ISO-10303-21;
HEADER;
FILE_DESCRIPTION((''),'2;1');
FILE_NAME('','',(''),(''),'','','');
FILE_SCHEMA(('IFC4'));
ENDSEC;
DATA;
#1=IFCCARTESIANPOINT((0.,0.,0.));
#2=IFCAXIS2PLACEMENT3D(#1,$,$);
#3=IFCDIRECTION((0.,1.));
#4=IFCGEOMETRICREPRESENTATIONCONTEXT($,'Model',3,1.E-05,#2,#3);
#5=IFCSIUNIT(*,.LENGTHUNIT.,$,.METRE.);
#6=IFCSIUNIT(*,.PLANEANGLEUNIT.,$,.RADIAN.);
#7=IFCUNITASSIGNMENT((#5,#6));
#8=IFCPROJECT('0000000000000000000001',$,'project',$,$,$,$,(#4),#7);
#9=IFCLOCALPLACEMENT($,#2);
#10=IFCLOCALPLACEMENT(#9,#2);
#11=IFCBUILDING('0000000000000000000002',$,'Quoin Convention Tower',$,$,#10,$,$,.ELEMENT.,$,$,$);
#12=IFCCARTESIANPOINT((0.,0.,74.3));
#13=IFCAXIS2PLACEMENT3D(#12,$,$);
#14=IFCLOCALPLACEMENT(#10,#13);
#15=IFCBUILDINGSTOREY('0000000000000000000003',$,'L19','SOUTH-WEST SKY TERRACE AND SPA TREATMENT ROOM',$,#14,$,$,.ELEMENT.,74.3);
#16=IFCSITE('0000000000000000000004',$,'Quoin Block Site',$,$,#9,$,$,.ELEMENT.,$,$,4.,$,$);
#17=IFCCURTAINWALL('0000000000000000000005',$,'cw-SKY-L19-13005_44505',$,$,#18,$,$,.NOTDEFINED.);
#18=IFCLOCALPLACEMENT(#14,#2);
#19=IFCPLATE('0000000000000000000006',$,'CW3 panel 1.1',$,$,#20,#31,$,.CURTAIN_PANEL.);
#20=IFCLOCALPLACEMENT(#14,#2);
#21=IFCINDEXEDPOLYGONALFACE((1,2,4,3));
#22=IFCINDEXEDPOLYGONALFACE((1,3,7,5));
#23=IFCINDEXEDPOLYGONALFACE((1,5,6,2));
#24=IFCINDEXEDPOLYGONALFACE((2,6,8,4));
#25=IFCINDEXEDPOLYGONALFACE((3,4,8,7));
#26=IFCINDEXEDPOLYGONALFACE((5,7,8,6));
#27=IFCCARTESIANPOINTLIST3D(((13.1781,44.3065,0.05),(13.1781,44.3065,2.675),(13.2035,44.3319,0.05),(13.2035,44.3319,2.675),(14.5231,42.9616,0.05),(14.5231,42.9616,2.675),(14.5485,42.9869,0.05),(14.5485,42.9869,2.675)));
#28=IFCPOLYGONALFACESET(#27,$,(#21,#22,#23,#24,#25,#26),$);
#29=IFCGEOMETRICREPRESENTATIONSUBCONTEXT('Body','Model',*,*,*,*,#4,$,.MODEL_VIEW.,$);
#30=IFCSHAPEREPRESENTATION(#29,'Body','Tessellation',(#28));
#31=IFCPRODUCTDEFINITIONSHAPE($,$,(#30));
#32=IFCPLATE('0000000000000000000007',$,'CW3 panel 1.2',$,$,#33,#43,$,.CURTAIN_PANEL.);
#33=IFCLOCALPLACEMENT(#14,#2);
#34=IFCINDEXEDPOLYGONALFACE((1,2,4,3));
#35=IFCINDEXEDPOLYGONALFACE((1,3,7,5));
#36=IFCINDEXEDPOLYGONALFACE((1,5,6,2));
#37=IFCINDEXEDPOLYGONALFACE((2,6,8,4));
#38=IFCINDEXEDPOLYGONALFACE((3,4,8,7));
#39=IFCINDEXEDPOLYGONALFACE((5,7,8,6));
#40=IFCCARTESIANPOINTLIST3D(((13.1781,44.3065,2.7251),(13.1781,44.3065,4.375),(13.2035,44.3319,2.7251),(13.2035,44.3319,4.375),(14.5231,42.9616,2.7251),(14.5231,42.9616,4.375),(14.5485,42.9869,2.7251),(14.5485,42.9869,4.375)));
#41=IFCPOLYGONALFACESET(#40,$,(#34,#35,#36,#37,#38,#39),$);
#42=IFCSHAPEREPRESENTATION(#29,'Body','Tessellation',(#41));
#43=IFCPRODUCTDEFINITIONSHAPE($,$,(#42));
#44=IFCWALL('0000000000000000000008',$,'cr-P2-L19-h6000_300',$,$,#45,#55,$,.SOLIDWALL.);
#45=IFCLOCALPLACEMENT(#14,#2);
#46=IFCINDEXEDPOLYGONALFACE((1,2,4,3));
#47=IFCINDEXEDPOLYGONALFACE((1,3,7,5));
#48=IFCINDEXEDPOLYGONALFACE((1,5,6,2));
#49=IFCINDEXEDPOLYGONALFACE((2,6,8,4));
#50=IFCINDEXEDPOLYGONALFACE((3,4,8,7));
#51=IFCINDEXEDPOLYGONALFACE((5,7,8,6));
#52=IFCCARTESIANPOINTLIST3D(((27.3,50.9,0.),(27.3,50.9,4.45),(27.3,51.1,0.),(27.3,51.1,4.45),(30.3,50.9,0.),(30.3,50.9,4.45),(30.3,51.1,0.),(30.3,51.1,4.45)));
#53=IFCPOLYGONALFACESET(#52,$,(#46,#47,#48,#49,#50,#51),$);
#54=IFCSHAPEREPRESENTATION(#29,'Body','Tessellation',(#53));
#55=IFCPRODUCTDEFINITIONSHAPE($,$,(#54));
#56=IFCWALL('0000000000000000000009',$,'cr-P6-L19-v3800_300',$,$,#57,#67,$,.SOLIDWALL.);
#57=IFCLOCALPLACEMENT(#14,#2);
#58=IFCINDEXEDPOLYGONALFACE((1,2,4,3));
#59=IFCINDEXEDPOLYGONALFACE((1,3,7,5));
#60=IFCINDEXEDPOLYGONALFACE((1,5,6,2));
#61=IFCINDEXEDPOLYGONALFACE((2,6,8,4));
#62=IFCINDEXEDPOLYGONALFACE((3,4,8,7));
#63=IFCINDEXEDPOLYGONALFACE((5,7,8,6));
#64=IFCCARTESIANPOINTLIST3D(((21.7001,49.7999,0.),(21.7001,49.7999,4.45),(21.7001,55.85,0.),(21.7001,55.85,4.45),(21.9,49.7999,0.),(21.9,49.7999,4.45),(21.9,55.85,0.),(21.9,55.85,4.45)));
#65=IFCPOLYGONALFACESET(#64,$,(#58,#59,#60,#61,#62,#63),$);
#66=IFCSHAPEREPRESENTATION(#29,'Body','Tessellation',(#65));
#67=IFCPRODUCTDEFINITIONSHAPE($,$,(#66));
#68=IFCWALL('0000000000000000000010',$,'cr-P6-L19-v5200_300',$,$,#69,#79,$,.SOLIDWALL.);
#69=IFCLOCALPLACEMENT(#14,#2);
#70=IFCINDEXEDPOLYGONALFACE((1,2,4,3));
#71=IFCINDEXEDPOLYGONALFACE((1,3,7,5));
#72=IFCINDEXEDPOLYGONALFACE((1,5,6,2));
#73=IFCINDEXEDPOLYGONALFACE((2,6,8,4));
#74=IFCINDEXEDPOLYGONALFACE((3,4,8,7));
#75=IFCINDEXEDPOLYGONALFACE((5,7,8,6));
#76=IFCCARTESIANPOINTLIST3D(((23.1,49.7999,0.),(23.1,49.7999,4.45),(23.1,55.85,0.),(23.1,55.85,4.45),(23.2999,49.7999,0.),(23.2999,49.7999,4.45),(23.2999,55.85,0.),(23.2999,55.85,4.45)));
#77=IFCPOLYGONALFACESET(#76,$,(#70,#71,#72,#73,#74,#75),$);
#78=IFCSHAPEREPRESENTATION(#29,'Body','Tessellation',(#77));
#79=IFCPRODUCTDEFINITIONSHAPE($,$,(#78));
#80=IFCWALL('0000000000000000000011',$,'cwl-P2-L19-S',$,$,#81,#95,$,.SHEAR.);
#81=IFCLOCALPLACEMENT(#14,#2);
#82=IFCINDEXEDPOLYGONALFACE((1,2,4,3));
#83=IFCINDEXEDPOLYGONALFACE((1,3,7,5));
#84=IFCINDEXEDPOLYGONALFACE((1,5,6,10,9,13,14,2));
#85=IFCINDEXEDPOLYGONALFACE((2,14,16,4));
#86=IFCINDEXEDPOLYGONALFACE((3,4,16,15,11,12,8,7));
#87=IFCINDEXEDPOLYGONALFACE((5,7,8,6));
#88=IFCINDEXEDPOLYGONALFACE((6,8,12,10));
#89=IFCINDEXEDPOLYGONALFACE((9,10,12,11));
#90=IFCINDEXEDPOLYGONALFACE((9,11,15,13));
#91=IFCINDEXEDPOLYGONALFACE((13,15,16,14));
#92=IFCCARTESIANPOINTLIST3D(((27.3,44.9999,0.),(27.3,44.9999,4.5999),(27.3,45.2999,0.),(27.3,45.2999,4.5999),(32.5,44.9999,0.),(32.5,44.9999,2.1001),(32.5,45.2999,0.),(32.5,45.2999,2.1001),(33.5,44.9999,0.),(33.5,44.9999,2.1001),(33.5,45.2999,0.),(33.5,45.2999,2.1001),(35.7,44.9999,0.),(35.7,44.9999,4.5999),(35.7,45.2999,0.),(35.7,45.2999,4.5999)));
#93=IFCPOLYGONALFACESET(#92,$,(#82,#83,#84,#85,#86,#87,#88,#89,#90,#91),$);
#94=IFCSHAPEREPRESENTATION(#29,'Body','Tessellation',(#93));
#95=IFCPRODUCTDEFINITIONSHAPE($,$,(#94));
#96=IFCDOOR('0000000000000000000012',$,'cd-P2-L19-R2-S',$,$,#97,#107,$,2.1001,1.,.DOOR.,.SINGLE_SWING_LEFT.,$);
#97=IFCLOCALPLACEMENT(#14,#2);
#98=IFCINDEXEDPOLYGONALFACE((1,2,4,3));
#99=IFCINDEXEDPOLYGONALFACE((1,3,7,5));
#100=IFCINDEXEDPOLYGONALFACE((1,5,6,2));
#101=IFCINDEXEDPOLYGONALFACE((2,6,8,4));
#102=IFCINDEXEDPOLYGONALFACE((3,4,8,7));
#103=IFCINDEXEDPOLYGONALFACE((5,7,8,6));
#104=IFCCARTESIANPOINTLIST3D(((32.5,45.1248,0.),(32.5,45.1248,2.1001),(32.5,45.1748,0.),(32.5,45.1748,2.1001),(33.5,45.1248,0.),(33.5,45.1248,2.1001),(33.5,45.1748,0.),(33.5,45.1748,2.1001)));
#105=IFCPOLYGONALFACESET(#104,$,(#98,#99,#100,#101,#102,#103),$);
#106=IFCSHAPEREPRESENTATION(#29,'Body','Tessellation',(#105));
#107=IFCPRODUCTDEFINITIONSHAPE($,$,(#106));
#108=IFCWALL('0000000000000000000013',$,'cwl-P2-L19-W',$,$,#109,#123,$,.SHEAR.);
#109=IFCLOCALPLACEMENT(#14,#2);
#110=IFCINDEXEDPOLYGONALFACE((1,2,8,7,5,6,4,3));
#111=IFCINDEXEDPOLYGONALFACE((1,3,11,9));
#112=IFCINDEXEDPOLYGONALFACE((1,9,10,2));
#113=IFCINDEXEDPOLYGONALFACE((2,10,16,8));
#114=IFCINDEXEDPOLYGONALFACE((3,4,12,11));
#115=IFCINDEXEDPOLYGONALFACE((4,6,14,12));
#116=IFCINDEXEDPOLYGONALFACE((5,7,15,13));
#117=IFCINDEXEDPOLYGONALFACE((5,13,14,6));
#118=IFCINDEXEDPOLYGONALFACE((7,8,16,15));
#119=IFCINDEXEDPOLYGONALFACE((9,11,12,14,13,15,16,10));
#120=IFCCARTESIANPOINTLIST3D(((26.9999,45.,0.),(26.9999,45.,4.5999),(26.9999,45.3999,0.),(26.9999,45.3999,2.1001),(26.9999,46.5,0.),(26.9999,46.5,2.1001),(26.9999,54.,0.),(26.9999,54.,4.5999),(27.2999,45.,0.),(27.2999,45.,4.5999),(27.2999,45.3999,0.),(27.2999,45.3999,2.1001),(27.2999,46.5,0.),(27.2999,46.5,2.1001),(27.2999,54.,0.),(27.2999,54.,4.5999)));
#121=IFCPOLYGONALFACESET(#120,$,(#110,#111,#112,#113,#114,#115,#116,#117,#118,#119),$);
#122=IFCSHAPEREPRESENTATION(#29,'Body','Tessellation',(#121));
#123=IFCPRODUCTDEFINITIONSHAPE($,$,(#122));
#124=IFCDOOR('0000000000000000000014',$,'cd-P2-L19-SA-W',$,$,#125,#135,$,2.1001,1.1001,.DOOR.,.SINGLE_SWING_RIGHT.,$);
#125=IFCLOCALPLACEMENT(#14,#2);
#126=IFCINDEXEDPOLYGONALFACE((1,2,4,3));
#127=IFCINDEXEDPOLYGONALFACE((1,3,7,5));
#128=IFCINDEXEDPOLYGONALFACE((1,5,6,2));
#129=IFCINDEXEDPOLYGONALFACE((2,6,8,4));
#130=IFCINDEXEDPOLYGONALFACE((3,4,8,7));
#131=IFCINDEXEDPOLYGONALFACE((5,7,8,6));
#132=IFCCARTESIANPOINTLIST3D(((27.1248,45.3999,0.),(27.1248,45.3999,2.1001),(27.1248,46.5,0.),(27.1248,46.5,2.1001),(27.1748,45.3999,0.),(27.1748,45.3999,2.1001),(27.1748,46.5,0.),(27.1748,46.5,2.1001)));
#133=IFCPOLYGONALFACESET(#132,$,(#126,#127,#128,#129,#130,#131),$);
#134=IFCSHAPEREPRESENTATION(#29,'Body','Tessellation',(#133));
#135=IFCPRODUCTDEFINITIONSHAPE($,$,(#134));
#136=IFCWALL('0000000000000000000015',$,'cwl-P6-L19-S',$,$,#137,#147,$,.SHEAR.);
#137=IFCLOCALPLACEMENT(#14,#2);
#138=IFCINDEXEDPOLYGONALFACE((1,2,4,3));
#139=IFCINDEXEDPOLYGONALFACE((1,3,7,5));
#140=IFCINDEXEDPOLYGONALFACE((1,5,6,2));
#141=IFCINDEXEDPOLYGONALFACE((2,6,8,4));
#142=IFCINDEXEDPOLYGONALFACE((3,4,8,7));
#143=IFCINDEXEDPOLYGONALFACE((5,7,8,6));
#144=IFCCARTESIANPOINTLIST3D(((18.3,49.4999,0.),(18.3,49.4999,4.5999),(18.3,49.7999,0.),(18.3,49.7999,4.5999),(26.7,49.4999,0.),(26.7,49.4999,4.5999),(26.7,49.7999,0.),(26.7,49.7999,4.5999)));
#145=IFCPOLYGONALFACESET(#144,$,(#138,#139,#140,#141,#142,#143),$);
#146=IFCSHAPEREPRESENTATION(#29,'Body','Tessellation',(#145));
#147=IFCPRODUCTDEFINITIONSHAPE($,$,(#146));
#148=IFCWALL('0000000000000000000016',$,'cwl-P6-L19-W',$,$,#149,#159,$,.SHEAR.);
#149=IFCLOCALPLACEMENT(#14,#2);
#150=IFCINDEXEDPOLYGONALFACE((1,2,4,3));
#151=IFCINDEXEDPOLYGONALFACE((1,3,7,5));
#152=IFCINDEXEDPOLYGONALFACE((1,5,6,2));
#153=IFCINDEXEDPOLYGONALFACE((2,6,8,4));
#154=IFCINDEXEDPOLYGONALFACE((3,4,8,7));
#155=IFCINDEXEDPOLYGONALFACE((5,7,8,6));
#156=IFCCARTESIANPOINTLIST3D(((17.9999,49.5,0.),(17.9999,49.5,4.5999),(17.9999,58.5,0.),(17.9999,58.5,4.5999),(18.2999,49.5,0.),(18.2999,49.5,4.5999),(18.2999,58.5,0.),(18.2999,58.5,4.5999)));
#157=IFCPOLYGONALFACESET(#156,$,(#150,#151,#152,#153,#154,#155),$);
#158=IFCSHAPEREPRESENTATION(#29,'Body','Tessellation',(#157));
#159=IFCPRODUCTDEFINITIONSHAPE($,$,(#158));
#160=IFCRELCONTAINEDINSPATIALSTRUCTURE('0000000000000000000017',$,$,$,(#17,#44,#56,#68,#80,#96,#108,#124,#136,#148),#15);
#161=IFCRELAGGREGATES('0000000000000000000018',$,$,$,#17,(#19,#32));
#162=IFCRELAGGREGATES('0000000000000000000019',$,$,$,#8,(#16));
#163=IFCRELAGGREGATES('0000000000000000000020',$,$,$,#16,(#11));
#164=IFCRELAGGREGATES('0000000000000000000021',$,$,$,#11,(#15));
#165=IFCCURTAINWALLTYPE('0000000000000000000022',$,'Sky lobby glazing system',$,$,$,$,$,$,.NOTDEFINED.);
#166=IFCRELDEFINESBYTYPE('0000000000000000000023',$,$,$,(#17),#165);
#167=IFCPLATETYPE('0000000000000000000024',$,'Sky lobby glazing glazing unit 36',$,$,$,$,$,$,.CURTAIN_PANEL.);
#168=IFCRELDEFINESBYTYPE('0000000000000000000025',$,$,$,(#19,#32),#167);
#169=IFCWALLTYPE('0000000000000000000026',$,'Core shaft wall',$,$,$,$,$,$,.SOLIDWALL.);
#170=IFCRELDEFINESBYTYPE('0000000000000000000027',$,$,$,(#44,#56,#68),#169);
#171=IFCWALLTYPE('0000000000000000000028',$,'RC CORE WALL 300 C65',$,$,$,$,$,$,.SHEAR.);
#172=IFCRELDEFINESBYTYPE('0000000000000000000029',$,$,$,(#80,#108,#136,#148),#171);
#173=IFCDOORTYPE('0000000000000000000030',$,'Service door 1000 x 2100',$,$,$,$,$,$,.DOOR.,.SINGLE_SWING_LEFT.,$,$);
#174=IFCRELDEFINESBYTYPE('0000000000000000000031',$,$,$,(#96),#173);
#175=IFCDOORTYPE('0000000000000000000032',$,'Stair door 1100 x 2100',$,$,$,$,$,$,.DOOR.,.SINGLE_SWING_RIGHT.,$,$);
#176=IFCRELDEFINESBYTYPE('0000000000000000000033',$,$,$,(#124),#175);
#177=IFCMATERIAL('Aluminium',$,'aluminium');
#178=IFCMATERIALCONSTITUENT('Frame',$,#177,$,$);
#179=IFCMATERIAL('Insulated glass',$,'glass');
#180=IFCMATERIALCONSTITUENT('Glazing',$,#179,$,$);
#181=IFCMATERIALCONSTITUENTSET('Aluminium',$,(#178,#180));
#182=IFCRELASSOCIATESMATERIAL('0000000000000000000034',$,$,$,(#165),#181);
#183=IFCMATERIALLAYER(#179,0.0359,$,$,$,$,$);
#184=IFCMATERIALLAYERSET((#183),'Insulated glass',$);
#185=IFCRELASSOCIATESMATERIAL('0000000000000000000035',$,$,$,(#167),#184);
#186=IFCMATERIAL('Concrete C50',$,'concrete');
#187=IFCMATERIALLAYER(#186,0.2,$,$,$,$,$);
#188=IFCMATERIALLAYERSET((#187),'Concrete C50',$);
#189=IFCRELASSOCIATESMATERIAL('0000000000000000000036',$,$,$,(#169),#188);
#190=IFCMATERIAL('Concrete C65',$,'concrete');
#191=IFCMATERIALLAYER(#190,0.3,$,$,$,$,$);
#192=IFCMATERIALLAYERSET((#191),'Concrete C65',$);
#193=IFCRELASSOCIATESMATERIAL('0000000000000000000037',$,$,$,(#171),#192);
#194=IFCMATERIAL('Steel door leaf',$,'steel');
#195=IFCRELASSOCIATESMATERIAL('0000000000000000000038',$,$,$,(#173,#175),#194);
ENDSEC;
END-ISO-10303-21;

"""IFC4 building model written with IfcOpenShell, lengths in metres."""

from ifc_helpers import new_model, si_unit, direction, frame, frame_2d, origin, origin_2d, place, context, subcontext, project, spatial, rectangle, extrude, material, layer, layer_set, constituent, constituent_set, type_object, element, fill, aggregate, save


model = new_model("IFC4")

# Units and contexts
model_context = context("Model", 3, precision=1e-05, world=origin(), true_north=direction((0.0, 1.0)))
body_context = subcontext(model_context, "Body", "Model", "MODEL_VIEW")
ifc_project = project(units=[si_unit("LENGTHUNIT", "METRE"), si_unit("PLANEANGLEUNIT", "RADIAN")], contexts=[model_context])

# Site, building, storey
site_placement = place(None, origin())
site = spatial("IfcSite", under=ifc_project, at=site_placement, Name="Quoin Block Site", CompositionType="ELEMENT", RefElevation=4.0)
building_placement = place(site_placement, origin())
building = spatial("IfcBuilding", under=site, at=building_placement, Name="Quoin Convention Tower", CompositionType="ELEMENT")
storey_placement = place(building_placement, frame((0.0, 0.0, 74.3)))
storey = spatial("IfcBuildingStorey", under=building, at=storey_placement, Name="L19", Description="SOUTH-WEST SKY TERRACE AND SPA TREATMENT ROOM", CompositionType="ELEMENT", Elevation=74.3)

# Shared definitions
ifc_material_1 = material(Name="Concrete C65", Category="concrete")

# Curtain wall, plates
ifc_material_2 = material(Name="Aluminium", Category="aluminium")
ifc_constituent_1 = constituent(ifc_material_2, Name="Frame")
ifc_material_3 = material(Name="Insulated glass", Category="glass")
ifc_constituent_2 = constituent(ifc_material_3, Name="Glazing")
ifc_constituent_set = constituent_set(constituents=[ifc_constituent_1, ifc_constituent_2], Name="Aluminium")
curtain_wall_type = type_object("IfcCurtainWallType", Name="Sky lobby glazing system", PredefinedType="NOTDEFINED", material=ifc_constituent_set)
curtain_wall_placement = place(storey_placement, origin())
curtain_wall = element("IfcCurtainWall", 1, at=curtain_wall_placement, inside=storey, type_object=curtain_wall_type, Name="cw-SKY-L19-13005_44505", PredefinedType="NOTDEFINED")
ifc_layer_1 = layer(ifc_material_3, 0.0359)
ifc_layer_set_1 = layer_set([ifc_layer_1], Name="Insulated glass")
plate_type = type_object("IfcPlateType", Name="Sky lobby glazing glazing unit 36", PredefinedType="CURTAIN_PANEL", material=ifc_layer_set_1)
plate_1_placement = place(storey_placement, frame((13.8633, 43.6467, 0.05), z_axis=(0.0, 0.0, 1.0), x_axis=(0.707115, -0.707098, 0.0)))
plate_1 = element("IfcPlate", 2, at=plate_1_placement, type_object=plate_type, Name="CW3 panel 1.1", PredefinedType="CURTAIN_PANEL", context=body_context, shape_type="SweptSolid", body=[
    extrude(rectangle(XDim=1.9021, YDim=0.0359, at=origin_2d()), origin(), (0.0, 0.0, 1.0), 2.625),
])
plate_2_placement = place(storey_placement, frame((13.8633, 43.6467, 2.7251), z_axis=(0.0, 0.0, 1.0), x_axis=(0.707115, -0.707098, 0.0)))
plate_2 = element("IfcPlate", 3, at=plate_2_placement, type_object=plate_type, Name="CW3 panel 1.2", PredefinedType="CURTAIN_PANEL", context=body_context, shape_type="SweptSolid", body=[
    extrude(rectangle(XDim=1.9021, YDim=0.0359, at=origin_2d()), origin(), (0.0, 0.0, 1.0), 1.6499),
])
aggregate(curtain_wall, [plate_1, plate_2])

# Walls
ifc_material_4 = material(Name="Concrete C50", Category="concrete")
ifc_layer_2 = layer(ifc_material_4, 0.2)
ifc_layer_set_2 = layer_set([ifc_layer_2], Name="Concrete C50")
wall_type_1 = type_object("IfcWallType", Name="Core shaft wall", PredefinedType="SOLIDWALL", material=ifc_layer_set_2)
wall_1_placement = place(storey_placement, frame((27.3, 51.0, 0.0), z_axis=(0.0, 0.0, 1.0), x_axis=(1.0, 0.0, 0.0)))
element("IfcWall", 4, at=wall_1_placement, inside=storey, type_object=wall_type_1, Name="cr-P2-L19-h6000_300", PredefinedType="SOLIDWALL", context=body_context, shape_type="SweptSolid", body=[
    extrude(rectangle(XDim=3.0, YDim=0.2, at=frame_2d((1.5, 0.0))), origin(), (0.0, 0.0, 1.0), 4.45),
])
for number, where, z_axis, x_axis, name in (
    (5, (21.8, 49.8, 0.0), (0.0, 0.0, 1.0), (0.0, 1.0, 0.0), "cr-P6-L19-v3800_300"),
    (6, (23.2, 49.8, 0.0), (0.0, 0.0, 1.0), (0.0, 1.0, 0.0), "cr-P6-L19-v5200_300"),
):
    element("IfcWall", number, at=place(storey_placement, frame(where, z_axis=z_axis, x_axis=x_axis)), inside=storey, type_object=wall_type_1, Name=name, PredefinedType="SOLIDWALL", context=body_context, shape_type="SweptSolid", body=[
        extrude(rectangle(XDim=6.05, YDim=0.2, at=frame_2d((3.0249, 0.0))), origin(), (0.0, 0.0, 1.0), 4.45),
    ])

# Walls, openings, doors
ifc_layer_3 = layer(ifc_material_1, 0.3)
ifc_layer_set_3 = layer_set([ifc_layer_3], Name="Concrete C65")
wall_type_2 = type_object("IfcWallType", Name="RC CORE WALL 300 C65", PredefinedType="SHEAR", material=ifc_layer_set_3)
wall_2_placement = place(storey_placement, frame((27.3, 45.1499, 0.0), z_axis=(0.0, 0.0, 1.0), x_axis=(1.0, 0.0, 0.0)))
wall_2 = element("IfcWall", 7, at=wall_2_placement, inside=storey, type_object=wall_type_2, Name="cwl-P2-L19-S", PredefinedType="SHEAR", context=body_context, shape_type="SweptSolid", body=[
    extrude(rectangle(XDim=8.3999, YDim=0.3, at=frame_2d((4.2, 0.0))), origin(), (0.0, 0.0, 1.0), 4.5999),
])
opening_1_placement = place(wall_2_placement, frame((5.2, 0.0, 0.0)))
opening_1 = element("IfcOpeningElement", 8, at=opening_1_placement, cuts=wall_2, PredefinedType="OPENING", context=body_context, shape_type="SweptSolid", body=[
    extrude(rectangle(XDim=1.0, YDim=2.1001, at=frame_2d((0.5, 1.05))), frame((0.0, 0.1599, 0.0), z_axis=(0.0, -1.0, 0.0), x_axis=(1.0, 0.0, 0.0)), (0.0, 0.0, 1.0), 0.3201),
])
ifc_material_5 = material(Name="Steel door leaf", Category="steel")
door_type_1 = type_object("IfcDoorType", Name="Service door 1000 x 2100", OperationType="SINGLE_SWING_LEFT", PredefinedType="DOOR", material=ifc_material_5)
door_1_placement = place(opening_1_placement, origin())
door_1 = element("IfcDoor", 9, at=door_1_placement, inside=storey, type_object=door_type_1, Name="cd-P2-L19-R2-S", OperationType="SINGLE_SWING_LEFT", OverallHeight=2.1001, OverallWidth=1.0, PredefinedType="DOOR", context=body_context, shape_type="SweptSolid", body=[
    extrude(rectangle(XDim=1.0, YDim=2.1001, at=frame_2d((0.5, 1.05))), frame((0.0, 0.0249, 0.0), z_axis=(0.0, -1.0, 0.0), x_axis=(1.0, 0.0, 0.0)), (0.0, 0.0, 1.0), 0.05),
])
fill(opening_1, door_1)
wall_3_placement = place(storey_placement, frame((27.1499, 45.0, 0.0), z_axis=(0.0, 0.0, 1.0), x_axis=(0.0, 1.0, 0.0)))
wall_3 = element("IfcWall", 10, at=wall_3_placement, inside=storey, type_object=wall_type_2, Name="cwl-P2-L19-W", PredefinedType="SHEAR", context=body_context, shape_type="SweptSolid", body=[
    extrude(rectangle(XDim=9.0, YDim=0.3, at=frame_2d((4.5, 0.0))), origin(), (0.0, 0.0, 1.0), 4.5999),
])
opening_2_placement = place(wall_3_placement, frame((0.3999, 0.0, 0.0)))
opening_2 = element("IfcOpeningElement", 11, at=opening_2_placement, cuts=wall_3, PredefinedType="OPENING", context=body_context, shape_type="SweptSolid", body=[
    extrude(rectangle(XDim=1.1001, YDim=2.1001, at=frame_2d((0.55, 1.05))), frame((0.0, 0.1599, 0.0), z_axis=(0.0, -1.0, 0.0), x_axis=(1.0, 0.0, 0.0)), (0.0, 0.0, 1.0), 0.3201),
])
door_type_2 = type_object("IfcDoorType", Name="Stair door 1100 x 2100", OperationType="SINGLE_SWING_RIGHT", PredefinedType="DOOR", material=ifc_material_5)
door_2_placement = place(opening_2_placement, frame((1.1001, 0.0, 0.0), z_axis=(0.0, 0.0, 1.0), x_axis=(-1.0, 0.0, 0.0)))
door_2 = element("IfcDoor", 12, at=door_2_placement, inside=storey, type_object=door_type_2, Name="cd-P2-L19-SA-W", OperationType="SINGLE_SWING_RIGHT", OverallHeight=2.1001, OverallWidth=1.1001, PredefinedType="DOOR", context=body_context, shape_type="SweptSolid", body=[
    extrude(rectangle(XDim=1.1001, YDim=2.1001, at=frame_2d((0.55, 1.05))), frame((0.0, 0.0249, 0.0), z_axis=(0.0, -1.0, 0.0), x_axis=(1.0, 0.0, 0.0)), (0.0, 0.0, 1.0), 0.05),
])
fill(opening_2, door_2)

# Walls
wall_4_placement = place(storey_placement, frame((18.3, 49.6499, 0.0), z_axis=(0.0, 0.0, 1.0), x_axis=(1.0, 0.0, 0.0)))
element("IfcWall", 13, at=wall_4_placement, inside=storey, type_object=wall_type_2, Name="cwl-P6-L19-S", PredefinedType="SHEAR", context=body_context, shape_type="SweptSolid", body=[
    extrude(rectangle(XDim=8.3999, YDim=0.3, at=frame_2d((4.2, 0.0))), origin(), (0.0, 0.0, 1.0), 4.5999),
])
wall_5_placement = place(storey_placement, frame((18.1499, 49.5, 0.0), z_axis=(0.0, 0.0, 1.0), x_axis=(0.0, 1.0, 0.0)))
element("IfcWall", 14, at=wall_5_placement, inside=storey, type_object=wall_type_2, Name="cwl-P6-L19-W", PredefinedType="SHEAR", context=body_context, shape_type="SweptSolid", body=[
    extrude(rectangle(XDim=9.0, YDim=0.3, at=frame_2d((4.5, 0.0))), origin(), (0.0, 0.0, 1.0), 4.5999),
])

save(model, "model.ifc")
